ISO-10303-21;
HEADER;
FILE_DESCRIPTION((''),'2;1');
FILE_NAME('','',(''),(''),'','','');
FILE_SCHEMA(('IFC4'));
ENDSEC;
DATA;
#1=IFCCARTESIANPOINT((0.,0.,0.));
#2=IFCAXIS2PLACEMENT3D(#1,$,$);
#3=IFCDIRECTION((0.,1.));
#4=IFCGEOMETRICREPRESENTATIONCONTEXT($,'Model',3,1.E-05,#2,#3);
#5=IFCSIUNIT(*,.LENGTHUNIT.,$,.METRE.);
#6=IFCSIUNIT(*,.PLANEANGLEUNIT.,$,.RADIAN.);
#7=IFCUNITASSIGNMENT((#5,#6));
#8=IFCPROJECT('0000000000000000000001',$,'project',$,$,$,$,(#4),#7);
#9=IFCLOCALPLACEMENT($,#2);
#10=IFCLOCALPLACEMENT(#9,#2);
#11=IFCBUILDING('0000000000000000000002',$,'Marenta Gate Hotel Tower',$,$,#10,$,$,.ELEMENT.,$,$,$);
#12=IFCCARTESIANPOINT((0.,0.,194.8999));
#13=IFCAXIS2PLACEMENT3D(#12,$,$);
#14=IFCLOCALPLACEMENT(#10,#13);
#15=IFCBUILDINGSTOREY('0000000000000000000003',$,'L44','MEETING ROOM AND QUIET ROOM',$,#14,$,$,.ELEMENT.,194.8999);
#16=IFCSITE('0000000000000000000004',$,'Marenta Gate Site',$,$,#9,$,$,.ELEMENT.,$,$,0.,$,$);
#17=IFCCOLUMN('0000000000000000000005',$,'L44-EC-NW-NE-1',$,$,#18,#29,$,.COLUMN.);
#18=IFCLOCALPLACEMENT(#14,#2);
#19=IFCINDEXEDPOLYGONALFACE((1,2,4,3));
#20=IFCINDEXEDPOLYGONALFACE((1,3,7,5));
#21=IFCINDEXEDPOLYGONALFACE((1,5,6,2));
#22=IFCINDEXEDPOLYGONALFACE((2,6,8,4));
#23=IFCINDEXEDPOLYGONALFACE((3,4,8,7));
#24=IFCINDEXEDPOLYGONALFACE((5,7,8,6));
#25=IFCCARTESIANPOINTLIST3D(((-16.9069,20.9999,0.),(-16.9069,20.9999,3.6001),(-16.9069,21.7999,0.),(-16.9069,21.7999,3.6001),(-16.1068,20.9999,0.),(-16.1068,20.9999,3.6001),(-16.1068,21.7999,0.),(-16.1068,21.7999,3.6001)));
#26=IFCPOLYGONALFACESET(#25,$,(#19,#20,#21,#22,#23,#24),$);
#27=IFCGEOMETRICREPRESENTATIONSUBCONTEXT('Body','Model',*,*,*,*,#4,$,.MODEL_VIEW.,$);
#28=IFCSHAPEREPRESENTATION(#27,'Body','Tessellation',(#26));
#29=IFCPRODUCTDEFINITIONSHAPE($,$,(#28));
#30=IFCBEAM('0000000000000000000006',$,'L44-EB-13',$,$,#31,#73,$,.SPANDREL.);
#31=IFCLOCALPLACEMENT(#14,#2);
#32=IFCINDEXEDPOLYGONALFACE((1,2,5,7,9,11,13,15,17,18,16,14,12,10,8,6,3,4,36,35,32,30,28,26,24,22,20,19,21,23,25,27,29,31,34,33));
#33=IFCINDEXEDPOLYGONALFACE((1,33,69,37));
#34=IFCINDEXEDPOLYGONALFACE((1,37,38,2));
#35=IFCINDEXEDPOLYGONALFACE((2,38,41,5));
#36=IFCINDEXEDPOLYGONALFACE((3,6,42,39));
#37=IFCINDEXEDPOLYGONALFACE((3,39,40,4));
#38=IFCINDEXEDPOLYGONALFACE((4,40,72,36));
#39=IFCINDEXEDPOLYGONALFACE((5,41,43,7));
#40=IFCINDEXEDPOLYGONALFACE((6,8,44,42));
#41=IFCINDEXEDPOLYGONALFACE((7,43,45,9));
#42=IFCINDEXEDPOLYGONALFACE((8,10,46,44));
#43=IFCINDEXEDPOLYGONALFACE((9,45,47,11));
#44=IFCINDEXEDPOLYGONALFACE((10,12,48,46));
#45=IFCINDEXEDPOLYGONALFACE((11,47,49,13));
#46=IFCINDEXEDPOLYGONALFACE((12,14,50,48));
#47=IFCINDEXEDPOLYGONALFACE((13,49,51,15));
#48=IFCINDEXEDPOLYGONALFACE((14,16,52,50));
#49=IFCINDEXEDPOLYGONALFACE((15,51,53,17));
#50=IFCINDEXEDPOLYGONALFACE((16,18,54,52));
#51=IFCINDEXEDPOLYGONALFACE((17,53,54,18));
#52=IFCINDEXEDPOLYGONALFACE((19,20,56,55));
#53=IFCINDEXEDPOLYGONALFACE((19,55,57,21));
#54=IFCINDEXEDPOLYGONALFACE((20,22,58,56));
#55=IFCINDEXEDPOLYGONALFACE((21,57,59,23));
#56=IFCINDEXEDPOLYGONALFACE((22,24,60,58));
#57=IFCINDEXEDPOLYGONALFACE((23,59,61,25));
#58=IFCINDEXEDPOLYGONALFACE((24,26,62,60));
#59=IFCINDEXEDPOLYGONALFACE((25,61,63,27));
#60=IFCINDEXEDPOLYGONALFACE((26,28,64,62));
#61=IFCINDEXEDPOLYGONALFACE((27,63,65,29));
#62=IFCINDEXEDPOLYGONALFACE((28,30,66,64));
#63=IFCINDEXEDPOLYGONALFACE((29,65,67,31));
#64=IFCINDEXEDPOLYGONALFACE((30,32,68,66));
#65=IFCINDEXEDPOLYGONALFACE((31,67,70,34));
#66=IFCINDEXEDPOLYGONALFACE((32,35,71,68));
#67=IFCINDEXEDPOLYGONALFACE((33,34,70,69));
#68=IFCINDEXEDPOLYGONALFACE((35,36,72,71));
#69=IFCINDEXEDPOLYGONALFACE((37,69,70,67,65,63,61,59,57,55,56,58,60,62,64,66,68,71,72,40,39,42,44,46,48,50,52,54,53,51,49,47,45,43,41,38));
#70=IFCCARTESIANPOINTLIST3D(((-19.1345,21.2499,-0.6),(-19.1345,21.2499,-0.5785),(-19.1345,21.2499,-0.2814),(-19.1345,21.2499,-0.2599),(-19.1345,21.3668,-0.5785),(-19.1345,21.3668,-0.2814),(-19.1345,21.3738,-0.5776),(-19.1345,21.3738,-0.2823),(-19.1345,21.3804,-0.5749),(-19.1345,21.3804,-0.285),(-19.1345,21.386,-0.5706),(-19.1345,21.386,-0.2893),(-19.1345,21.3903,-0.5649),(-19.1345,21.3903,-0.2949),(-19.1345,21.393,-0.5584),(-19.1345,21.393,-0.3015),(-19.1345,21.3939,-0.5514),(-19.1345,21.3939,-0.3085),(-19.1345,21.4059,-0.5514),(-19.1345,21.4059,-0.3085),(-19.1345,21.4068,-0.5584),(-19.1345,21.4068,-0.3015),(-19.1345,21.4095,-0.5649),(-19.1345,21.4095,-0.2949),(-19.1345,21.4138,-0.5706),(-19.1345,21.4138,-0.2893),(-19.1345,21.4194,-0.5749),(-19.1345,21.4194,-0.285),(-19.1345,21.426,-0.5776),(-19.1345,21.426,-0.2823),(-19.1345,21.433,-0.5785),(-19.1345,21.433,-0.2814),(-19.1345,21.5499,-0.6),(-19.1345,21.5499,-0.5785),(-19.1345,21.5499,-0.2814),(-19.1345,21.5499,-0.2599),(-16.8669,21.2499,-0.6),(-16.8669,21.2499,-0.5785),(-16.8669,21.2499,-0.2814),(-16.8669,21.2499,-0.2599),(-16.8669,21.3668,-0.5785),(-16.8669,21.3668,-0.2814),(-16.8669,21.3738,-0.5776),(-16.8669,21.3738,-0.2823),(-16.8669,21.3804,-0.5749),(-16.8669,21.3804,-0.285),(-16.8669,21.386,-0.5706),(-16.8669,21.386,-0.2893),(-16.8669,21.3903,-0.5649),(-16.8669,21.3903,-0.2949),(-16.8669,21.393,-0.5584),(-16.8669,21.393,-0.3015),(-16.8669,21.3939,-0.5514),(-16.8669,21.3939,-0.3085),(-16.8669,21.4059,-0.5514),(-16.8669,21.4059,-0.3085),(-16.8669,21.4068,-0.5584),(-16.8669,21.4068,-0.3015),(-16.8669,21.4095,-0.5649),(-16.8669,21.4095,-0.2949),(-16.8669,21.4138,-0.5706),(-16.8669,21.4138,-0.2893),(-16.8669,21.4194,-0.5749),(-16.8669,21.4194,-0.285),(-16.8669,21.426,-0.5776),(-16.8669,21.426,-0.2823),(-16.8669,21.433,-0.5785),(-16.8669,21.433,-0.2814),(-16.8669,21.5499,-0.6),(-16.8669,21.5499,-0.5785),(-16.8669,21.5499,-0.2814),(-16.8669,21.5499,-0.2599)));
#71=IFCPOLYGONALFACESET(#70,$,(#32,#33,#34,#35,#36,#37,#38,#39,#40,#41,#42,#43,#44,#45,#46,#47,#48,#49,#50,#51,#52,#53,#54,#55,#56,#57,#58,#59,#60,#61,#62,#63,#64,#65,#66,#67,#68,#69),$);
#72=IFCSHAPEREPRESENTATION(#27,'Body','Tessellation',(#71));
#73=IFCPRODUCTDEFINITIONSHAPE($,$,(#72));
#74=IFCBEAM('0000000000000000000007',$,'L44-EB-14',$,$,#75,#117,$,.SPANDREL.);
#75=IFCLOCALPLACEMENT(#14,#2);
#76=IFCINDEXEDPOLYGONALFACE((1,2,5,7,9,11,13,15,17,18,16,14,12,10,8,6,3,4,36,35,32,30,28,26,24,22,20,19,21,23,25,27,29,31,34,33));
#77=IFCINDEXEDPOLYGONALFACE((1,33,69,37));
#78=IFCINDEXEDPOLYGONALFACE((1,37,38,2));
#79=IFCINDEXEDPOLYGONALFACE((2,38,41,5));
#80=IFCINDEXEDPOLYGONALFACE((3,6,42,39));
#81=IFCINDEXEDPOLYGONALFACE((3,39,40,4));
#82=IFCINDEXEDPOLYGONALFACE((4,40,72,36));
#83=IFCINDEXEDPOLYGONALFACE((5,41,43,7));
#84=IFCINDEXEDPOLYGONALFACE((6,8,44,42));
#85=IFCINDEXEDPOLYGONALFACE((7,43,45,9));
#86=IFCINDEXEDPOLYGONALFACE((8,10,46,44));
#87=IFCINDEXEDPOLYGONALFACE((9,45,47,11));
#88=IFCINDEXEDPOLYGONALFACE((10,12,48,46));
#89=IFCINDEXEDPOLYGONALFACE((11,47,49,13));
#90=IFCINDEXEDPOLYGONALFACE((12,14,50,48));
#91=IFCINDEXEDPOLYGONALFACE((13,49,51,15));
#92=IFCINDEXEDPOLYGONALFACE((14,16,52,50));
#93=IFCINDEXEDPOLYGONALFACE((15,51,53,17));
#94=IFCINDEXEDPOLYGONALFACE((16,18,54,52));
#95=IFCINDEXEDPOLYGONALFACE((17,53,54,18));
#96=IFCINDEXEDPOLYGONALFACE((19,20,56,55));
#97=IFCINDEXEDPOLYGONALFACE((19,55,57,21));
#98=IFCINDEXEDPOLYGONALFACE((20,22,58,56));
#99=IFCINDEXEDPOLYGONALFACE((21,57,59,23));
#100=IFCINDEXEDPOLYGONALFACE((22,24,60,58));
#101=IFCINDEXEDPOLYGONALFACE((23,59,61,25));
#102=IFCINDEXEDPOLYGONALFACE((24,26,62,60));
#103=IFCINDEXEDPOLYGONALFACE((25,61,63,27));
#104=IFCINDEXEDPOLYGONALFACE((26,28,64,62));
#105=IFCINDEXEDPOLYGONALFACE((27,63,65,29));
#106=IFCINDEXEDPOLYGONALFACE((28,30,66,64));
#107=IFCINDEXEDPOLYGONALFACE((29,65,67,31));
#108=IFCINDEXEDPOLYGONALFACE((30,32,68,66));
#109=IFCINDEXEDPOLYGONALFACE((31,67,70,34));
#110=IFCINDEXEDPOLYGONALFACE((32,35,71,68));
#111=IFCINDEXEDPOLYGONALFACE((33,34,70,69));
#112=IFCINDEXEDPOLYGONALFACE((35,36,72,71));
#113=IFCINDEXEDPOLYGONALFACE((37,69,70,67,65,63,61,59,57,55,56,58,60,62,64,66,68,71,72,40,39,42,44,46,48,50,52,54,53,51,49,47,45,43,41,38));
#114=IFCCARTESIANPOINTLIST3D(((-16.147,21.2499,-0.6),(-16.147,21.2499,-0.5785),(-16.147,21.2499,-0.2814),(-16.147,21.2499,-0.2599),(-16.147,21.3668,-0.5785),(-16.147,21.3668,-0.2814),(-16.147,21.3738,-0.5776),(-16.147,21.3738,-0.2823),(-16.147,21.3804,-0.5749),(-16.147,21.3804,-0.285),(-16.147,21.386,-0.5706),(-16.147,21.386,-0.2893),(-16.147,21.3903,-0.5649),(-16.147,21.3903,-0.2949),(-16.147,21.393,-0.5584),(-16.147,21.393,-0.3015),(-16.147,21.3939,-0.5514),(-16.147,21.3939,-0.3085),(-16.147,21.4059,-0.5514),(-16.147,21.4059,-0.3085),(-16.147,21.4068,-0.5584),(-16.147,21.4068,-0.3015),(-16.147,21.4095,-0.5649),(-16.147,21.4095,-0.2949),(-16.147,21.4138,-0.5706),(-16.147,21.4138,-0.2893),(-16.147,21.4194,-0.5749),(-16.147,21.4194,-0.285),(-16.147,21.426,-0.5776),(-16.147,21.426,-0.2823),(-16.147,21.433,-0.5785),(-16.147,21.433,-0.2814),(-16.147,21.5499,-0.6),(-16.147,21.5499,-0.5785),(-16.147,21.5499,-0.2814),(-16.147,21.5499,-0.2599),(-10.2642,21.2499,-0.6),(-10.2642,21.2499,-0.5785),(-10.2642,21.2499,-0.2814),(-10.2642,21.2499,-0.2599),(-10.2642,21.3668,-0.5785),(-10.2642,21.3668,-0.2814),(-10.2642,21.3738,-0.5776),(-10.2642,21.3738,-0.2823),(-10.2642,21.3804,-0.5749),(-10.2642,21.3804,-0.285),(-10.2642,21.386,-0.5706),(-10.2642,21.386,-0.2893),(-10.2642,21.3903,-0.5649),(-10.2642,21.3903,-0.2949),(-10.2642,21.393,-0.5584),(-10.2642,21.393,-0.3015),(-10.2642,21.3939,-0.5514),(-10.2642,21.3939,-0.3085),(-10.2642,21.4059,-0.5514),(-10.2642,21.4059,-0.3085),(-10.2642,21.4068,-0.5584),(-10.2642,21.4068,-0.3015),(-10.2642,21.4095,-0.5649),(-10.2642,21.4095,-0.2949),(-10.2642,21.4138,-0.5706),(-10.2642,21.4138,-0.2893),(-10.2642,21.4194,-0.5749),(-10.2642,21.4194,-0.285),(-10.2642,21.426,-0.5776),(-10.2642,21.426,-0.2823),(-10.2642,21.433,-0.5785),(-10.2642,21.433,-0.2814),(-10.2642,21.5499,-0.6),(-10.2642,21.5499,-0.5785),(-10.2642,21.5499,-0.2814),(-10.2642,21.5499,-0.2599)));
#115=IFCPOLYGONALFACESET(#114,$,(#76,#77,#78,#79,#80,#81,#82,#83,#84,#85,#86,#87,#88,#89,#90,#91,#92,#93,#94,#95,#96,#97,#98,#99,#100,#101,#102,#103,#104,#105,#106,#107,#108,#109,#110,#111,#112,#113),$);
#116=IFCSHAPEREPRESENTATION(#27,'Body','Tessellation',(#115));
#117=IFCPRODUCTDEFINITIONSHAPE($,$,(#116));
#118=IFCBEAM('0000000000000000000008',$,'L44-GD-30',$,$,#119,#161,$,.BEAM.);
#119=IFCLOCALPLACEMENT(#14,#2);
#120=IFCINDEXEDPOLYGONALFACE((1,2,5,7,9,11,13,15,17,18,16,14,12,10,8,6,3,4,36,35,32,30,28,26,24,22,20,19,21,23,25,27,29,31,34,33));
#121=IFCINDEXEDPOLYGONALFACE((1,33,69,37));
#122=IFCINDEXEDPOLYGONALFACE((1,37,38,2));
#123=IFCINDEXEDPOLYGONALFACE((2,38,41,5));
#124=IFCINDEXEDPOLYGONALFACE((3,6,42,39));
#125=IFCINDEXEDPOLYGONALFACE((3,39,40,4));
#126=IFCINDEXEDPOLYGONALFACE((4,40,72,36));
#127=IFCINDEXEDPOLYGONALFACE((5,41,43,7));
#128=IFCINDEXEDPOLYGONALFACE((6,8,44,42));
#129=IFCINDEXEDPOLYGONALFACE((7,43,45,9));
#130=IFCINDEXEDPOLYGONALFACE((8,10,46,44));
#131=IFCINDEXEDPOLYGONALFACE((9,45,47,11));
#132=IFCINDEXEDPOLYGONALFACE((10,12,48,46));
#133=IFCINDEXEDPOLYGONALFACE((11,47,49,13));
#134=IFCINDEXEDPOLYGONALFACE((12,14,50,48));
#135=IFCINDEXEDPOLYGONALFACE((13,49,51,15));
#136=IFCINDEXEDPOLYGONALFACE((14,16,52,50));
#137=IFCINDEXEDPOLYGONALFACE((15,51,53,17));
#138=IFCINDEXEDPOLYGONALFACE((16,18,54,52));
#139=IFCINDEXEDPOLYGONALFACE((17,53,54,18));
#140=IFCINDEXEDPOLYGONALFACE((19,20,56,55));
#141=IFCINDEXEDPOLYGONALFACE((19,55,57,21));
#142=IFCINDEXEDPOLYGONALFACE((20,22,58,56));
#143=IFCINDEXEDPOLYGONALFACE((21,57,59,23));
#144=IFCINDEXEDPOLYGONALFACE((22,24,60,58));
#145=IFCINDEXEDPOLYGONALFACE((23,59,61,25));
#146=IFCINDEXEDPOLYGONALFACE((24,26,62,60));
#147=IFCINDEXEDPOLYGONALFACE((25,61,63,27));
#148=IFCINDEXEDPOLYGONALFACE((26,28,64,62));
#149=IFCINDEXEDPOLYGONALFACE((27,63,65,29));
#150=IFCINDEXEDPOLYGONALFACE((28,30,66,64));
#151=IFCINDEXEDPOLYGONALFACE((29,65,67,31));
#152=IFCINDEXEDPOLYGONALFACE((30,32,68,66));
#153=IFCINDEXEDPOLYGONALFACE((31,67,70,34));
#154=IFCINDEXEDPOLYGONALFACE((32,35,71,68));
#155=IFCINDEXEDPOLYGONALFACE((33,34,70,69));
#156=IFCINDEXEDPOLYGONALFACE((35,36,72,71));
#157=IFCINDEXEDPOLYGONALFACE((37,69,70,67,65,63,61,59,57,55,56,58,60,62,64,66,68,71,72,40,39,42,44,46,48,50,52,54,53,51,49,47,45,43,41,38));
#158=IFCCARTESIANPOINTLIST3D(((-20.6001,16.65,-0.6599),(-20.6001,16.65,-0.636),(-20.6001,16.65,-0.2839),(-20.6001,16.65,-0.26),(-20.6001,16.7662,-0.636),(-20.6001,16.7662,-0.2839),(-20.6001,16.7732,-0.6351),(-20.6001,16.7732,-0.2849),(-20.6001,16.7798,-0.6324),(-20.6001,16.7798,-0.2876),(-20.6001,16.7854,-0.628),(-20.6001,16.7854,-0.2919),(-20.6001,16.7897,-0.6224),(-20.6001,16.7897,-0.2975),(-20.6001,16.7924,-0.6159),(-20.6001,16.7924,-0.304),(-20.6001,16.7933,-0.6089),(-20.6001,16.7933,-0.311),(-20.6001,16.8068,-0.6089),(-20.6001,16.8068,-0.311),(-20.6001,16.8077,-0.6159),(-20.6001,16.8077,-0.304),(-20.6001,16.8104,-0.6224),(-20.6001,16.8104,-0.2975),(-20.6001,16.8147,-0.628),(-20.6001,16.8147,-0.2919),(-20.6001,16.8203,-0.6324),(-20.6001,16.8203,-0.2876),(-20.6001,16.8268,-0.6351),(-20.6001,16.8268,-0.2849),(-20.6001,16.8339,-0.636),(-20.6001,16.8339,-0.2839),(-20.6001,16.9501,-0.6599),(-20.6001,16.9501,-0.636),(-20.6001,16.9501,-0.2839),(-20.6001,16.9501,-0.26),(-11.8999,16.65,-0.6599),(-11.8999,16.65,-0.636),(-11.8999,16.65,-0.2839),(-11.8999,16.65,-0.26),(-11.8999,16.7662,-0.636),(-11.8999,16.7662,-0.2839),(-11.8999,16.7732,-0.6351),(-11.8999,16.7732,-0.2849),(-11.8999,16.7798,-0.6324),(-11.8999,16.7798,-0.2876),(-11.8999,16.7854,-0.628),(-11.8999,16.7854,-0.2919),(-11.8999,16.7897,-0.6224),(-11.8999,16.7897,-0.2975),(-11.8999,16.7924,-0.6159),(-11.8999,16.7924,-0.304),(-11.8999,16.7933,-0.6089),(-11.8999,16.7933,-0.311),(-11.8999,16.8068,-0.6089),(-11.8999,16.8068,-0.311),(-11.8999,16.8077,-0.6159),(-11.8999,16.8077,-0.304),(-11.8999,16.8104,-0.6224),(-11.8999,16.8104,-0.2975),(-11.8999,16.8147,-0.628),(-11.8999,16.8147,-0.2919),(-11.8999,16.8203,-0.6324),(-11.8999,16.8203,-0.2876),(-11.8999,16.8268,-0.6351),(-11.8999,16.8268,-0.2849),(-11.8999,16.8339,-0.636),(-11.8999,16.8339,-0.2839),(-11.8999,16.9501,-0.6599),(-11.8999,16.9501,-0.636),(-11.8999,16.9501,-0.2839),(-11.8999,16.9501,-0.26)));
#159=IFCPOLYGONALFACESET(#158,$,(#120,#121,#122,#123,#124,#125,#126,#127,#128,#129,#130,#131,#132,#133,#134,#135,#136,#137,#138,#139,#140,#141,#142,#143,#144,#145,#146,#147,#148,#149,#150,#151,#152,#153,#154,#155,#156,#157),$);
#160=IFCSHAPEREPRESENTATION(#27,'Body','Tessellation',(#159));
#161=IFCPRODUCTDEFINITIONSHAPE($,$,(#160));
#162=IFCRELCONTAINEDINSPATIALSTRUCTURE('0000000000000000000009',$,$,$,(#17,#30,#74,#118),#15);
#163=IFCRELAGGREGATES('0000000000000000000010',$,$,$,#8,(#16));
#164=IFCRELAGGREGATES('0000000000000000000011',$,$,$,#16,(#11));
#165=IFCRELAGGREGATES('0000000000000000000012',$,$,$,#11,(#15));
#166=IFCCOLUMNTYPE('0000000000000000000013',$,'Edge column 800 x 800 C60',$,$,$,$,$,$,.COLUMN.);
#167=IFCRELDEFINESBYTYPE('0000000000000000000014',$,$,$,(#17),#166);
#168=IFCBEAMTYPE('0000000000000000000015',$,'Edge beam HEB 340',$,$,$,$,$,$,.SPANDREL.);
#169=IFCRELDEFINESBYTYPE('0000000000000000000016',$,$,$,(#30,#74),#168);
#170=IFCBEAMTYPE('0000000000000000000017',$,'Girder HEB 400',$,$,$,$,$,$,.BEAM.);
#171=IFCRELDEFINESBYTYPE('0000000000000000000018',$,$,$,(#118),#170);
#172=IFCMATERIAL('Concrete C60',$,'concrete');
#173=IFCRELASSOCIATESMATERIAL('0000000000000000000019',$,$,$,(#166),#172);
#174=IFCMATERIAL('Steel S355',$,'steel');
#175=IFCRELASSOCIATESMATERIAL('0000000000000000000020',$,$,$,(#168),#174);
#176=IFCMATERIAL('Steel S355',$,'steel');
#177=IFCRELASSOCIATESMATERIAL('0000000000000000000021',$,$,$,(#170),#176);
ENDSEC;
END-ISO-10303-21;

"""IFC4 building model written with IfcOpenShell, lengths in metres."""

from ifc_helpers import new_model, si_unit, direction, frame, origin, origin_2d, place, context, subcontext, project, spatial, rectangle, i_section, extrude, material, material_profile, profile_set, type_object, element, save


model = new_model("IFC4")

# Units and contexts
model_context = context("Model", 3, precision=1e-05, world=origin(), true_north=direction((0.0, 1.0)))
body_context = subcontext(model_context, "Body", "Model", "MODEL_VIEW")
ifc_project = project(units=[si_unit("LENGTHUNIT", "METRE"), si_unit("PLANEANGLEUNIT", "RADIAN")], contexts=[model_context])

# Site, building, storey
site_placement = place(None, origin())
site = spatial("IfcSite", under=ifc_project, at=site_placement, Name="Marenta Gate Site", CompositionType="ELEMENT", RefElevation=0.0)
building_placement = place(site_placement, origin())
building = spatial("IfcBuilding", under=site, at=building_placement, Name="Marenta Gate Hotel Tower", CompositionType="ELEMENT")
storey_placement = place(building_placement, frame((0.0, 0.0, 194.8999)))
storey = spatial("IfcBuildingStorey", under=building, at=storey_placement, Name="L44", Description="MEETING ROOM AND QUIET ROOM", CompositionType="ELEMENT", Elevation=194.8999)

# Column
ifc_material_1 = material(Name="Concrete C60", Category="concrete")
ifc_material_profile_1 = material_profile(ifc_material_1, rectangle(XDim=0.8, YDim=0.8, at=origin_2d()), Name="800 x 800")
ifc_profile_set_1 = profile_set([ifc_material_profile_1], Name="Concrete C60")
column_type = type_object("IfcColumnType", Name="Edge column 800 x 800 C60", PredefinedType="COLUMN", material=ifc_profile_set_1)
column_placement = place(storey_placement, frame((-16.5068, 21.3999, 0.0), z_axis=(0.0, 0.0, 1.0), x_axis=(1.0, 0.0, 0.0)))
element("IfcColumn", 1, at=column_placement, inside=storey, type_object=column_type, Name="L44-EC-NW-NE-1", PredefinedType="COLUMN", context=body_context, shape_type="SweptSolid", body=[
    extrude(rectangle(XDim=0.8, YDim=0.8, at=origin_2d()), origin(), (0.0, 0.0, 1.0), 3.6001),
])

# Beams
ifc_material_2 = material(Name="Steel S355", Category="steel")
ifc_material_profile_2 = material_profile(ifc_material_2, i_section(OverallWidth=0.3, OverallDepth=0.3401, WebThickness=0.012, FlangeThickness=0.0215, FilletRadius=0.0271, at=origin_2d()), Name="HEB 340")
ifc_profile_set_2 = profile_set([ifc_material_profile_2], Name="Steel S355")
beam_type_1 = type_object("IfcBeamType", Name="Edge beam HEB 340", PredefinedType="SPANDREL", material=ifc_profile_set_2)
beam_1_placement = place(storey_placement, frame((-19.1345, 21.3999, -0.4299), z_axis=(1.0, 0.0, 0.0), x_axis=(0.0, 1.0, 0.0)))
element("IfcBeam", 2, at=beam_1_placement, inside=storey, type_object=beam_type_1, Name="L44-EB-13", PredefinedType="SPANDREL", context=body_context, shape_type="SweptSolid", body=[
    extrude(i_section(OverallWidth=0.3, OverallDepth=0.3401, WebThickness=0.012, FlangeThickness=0.0215, FilletRadius=0.0271, at=origin_2d()), origin(), (0.0, 0.0, 1.0), 2.2676),
])
beam_2_placement = place(storey_placement, frame((-16.147, 21.3999, -0.4299), z_axis=(1.0, 0.0, 0.0), x_axis=(0.0, 1.0, 0.0)))
element("IfcBeam", 3, at=beam_2_placement, inside=storey, type_object=beam_type_1, Name="L44-EB-14", PredefinedType="SPANDREL", context=body_context, shape_type="SweptSolid", body=[
    extrude(i_section(OverallWidth=0.3, OverallDepth=0.3401, WebThickness=0.012, FlangeThickness=0.0215, FilletRadius=0.0271, at=origin_2d()), origin(), (0.0, 0.0, 1.0), 5.8828),
])
ifc_material_3 = material(Name="Steel S355", Category="steel")
ifc_material_profile_3 = material_profile(ifc_material_3, i_section(OverallWidth=0.3, OverallDepth=0.3999, WebThickness=0.0134, FlangeThickness=0.0239, FilletRadius=0.0271, at=origin_2d()), Name="HEB 400")
ifc_profile_set_3 = profile_set([ifc_material_profile_3], Name="Steel S355")
beam_type_2 = type_object("IfcBeamType", Name="Girder HEB 400", PredefinedType="BEAM", material=ifc_profile_set_3)
beam_3_placement = place(storey_placement, frame((-20.6001, 16.8, -0.46), z_axis=(1.0, 0.0, 0.0), x_axis=(0.0, 1.0, 0.0)))
element("IfcBeam", 4, at=beam_3_placement, inside=storey, type_object=beam_type_2, Name="L44-GD-30", PredefinedType="BEAM", context=body_context, shape_type="SweptSolid", body=[
    extrude(i_section(OverallWidth=0.3, OverallDepth=0.3999, WebThickness=0.0134, FlangeThickness=0.0239, FilletRadius=0.0271, at=origin_2d()), origin(), (0.0, 0.0, 1.0), 8.7002),
])

save(model, "model.ifc")
